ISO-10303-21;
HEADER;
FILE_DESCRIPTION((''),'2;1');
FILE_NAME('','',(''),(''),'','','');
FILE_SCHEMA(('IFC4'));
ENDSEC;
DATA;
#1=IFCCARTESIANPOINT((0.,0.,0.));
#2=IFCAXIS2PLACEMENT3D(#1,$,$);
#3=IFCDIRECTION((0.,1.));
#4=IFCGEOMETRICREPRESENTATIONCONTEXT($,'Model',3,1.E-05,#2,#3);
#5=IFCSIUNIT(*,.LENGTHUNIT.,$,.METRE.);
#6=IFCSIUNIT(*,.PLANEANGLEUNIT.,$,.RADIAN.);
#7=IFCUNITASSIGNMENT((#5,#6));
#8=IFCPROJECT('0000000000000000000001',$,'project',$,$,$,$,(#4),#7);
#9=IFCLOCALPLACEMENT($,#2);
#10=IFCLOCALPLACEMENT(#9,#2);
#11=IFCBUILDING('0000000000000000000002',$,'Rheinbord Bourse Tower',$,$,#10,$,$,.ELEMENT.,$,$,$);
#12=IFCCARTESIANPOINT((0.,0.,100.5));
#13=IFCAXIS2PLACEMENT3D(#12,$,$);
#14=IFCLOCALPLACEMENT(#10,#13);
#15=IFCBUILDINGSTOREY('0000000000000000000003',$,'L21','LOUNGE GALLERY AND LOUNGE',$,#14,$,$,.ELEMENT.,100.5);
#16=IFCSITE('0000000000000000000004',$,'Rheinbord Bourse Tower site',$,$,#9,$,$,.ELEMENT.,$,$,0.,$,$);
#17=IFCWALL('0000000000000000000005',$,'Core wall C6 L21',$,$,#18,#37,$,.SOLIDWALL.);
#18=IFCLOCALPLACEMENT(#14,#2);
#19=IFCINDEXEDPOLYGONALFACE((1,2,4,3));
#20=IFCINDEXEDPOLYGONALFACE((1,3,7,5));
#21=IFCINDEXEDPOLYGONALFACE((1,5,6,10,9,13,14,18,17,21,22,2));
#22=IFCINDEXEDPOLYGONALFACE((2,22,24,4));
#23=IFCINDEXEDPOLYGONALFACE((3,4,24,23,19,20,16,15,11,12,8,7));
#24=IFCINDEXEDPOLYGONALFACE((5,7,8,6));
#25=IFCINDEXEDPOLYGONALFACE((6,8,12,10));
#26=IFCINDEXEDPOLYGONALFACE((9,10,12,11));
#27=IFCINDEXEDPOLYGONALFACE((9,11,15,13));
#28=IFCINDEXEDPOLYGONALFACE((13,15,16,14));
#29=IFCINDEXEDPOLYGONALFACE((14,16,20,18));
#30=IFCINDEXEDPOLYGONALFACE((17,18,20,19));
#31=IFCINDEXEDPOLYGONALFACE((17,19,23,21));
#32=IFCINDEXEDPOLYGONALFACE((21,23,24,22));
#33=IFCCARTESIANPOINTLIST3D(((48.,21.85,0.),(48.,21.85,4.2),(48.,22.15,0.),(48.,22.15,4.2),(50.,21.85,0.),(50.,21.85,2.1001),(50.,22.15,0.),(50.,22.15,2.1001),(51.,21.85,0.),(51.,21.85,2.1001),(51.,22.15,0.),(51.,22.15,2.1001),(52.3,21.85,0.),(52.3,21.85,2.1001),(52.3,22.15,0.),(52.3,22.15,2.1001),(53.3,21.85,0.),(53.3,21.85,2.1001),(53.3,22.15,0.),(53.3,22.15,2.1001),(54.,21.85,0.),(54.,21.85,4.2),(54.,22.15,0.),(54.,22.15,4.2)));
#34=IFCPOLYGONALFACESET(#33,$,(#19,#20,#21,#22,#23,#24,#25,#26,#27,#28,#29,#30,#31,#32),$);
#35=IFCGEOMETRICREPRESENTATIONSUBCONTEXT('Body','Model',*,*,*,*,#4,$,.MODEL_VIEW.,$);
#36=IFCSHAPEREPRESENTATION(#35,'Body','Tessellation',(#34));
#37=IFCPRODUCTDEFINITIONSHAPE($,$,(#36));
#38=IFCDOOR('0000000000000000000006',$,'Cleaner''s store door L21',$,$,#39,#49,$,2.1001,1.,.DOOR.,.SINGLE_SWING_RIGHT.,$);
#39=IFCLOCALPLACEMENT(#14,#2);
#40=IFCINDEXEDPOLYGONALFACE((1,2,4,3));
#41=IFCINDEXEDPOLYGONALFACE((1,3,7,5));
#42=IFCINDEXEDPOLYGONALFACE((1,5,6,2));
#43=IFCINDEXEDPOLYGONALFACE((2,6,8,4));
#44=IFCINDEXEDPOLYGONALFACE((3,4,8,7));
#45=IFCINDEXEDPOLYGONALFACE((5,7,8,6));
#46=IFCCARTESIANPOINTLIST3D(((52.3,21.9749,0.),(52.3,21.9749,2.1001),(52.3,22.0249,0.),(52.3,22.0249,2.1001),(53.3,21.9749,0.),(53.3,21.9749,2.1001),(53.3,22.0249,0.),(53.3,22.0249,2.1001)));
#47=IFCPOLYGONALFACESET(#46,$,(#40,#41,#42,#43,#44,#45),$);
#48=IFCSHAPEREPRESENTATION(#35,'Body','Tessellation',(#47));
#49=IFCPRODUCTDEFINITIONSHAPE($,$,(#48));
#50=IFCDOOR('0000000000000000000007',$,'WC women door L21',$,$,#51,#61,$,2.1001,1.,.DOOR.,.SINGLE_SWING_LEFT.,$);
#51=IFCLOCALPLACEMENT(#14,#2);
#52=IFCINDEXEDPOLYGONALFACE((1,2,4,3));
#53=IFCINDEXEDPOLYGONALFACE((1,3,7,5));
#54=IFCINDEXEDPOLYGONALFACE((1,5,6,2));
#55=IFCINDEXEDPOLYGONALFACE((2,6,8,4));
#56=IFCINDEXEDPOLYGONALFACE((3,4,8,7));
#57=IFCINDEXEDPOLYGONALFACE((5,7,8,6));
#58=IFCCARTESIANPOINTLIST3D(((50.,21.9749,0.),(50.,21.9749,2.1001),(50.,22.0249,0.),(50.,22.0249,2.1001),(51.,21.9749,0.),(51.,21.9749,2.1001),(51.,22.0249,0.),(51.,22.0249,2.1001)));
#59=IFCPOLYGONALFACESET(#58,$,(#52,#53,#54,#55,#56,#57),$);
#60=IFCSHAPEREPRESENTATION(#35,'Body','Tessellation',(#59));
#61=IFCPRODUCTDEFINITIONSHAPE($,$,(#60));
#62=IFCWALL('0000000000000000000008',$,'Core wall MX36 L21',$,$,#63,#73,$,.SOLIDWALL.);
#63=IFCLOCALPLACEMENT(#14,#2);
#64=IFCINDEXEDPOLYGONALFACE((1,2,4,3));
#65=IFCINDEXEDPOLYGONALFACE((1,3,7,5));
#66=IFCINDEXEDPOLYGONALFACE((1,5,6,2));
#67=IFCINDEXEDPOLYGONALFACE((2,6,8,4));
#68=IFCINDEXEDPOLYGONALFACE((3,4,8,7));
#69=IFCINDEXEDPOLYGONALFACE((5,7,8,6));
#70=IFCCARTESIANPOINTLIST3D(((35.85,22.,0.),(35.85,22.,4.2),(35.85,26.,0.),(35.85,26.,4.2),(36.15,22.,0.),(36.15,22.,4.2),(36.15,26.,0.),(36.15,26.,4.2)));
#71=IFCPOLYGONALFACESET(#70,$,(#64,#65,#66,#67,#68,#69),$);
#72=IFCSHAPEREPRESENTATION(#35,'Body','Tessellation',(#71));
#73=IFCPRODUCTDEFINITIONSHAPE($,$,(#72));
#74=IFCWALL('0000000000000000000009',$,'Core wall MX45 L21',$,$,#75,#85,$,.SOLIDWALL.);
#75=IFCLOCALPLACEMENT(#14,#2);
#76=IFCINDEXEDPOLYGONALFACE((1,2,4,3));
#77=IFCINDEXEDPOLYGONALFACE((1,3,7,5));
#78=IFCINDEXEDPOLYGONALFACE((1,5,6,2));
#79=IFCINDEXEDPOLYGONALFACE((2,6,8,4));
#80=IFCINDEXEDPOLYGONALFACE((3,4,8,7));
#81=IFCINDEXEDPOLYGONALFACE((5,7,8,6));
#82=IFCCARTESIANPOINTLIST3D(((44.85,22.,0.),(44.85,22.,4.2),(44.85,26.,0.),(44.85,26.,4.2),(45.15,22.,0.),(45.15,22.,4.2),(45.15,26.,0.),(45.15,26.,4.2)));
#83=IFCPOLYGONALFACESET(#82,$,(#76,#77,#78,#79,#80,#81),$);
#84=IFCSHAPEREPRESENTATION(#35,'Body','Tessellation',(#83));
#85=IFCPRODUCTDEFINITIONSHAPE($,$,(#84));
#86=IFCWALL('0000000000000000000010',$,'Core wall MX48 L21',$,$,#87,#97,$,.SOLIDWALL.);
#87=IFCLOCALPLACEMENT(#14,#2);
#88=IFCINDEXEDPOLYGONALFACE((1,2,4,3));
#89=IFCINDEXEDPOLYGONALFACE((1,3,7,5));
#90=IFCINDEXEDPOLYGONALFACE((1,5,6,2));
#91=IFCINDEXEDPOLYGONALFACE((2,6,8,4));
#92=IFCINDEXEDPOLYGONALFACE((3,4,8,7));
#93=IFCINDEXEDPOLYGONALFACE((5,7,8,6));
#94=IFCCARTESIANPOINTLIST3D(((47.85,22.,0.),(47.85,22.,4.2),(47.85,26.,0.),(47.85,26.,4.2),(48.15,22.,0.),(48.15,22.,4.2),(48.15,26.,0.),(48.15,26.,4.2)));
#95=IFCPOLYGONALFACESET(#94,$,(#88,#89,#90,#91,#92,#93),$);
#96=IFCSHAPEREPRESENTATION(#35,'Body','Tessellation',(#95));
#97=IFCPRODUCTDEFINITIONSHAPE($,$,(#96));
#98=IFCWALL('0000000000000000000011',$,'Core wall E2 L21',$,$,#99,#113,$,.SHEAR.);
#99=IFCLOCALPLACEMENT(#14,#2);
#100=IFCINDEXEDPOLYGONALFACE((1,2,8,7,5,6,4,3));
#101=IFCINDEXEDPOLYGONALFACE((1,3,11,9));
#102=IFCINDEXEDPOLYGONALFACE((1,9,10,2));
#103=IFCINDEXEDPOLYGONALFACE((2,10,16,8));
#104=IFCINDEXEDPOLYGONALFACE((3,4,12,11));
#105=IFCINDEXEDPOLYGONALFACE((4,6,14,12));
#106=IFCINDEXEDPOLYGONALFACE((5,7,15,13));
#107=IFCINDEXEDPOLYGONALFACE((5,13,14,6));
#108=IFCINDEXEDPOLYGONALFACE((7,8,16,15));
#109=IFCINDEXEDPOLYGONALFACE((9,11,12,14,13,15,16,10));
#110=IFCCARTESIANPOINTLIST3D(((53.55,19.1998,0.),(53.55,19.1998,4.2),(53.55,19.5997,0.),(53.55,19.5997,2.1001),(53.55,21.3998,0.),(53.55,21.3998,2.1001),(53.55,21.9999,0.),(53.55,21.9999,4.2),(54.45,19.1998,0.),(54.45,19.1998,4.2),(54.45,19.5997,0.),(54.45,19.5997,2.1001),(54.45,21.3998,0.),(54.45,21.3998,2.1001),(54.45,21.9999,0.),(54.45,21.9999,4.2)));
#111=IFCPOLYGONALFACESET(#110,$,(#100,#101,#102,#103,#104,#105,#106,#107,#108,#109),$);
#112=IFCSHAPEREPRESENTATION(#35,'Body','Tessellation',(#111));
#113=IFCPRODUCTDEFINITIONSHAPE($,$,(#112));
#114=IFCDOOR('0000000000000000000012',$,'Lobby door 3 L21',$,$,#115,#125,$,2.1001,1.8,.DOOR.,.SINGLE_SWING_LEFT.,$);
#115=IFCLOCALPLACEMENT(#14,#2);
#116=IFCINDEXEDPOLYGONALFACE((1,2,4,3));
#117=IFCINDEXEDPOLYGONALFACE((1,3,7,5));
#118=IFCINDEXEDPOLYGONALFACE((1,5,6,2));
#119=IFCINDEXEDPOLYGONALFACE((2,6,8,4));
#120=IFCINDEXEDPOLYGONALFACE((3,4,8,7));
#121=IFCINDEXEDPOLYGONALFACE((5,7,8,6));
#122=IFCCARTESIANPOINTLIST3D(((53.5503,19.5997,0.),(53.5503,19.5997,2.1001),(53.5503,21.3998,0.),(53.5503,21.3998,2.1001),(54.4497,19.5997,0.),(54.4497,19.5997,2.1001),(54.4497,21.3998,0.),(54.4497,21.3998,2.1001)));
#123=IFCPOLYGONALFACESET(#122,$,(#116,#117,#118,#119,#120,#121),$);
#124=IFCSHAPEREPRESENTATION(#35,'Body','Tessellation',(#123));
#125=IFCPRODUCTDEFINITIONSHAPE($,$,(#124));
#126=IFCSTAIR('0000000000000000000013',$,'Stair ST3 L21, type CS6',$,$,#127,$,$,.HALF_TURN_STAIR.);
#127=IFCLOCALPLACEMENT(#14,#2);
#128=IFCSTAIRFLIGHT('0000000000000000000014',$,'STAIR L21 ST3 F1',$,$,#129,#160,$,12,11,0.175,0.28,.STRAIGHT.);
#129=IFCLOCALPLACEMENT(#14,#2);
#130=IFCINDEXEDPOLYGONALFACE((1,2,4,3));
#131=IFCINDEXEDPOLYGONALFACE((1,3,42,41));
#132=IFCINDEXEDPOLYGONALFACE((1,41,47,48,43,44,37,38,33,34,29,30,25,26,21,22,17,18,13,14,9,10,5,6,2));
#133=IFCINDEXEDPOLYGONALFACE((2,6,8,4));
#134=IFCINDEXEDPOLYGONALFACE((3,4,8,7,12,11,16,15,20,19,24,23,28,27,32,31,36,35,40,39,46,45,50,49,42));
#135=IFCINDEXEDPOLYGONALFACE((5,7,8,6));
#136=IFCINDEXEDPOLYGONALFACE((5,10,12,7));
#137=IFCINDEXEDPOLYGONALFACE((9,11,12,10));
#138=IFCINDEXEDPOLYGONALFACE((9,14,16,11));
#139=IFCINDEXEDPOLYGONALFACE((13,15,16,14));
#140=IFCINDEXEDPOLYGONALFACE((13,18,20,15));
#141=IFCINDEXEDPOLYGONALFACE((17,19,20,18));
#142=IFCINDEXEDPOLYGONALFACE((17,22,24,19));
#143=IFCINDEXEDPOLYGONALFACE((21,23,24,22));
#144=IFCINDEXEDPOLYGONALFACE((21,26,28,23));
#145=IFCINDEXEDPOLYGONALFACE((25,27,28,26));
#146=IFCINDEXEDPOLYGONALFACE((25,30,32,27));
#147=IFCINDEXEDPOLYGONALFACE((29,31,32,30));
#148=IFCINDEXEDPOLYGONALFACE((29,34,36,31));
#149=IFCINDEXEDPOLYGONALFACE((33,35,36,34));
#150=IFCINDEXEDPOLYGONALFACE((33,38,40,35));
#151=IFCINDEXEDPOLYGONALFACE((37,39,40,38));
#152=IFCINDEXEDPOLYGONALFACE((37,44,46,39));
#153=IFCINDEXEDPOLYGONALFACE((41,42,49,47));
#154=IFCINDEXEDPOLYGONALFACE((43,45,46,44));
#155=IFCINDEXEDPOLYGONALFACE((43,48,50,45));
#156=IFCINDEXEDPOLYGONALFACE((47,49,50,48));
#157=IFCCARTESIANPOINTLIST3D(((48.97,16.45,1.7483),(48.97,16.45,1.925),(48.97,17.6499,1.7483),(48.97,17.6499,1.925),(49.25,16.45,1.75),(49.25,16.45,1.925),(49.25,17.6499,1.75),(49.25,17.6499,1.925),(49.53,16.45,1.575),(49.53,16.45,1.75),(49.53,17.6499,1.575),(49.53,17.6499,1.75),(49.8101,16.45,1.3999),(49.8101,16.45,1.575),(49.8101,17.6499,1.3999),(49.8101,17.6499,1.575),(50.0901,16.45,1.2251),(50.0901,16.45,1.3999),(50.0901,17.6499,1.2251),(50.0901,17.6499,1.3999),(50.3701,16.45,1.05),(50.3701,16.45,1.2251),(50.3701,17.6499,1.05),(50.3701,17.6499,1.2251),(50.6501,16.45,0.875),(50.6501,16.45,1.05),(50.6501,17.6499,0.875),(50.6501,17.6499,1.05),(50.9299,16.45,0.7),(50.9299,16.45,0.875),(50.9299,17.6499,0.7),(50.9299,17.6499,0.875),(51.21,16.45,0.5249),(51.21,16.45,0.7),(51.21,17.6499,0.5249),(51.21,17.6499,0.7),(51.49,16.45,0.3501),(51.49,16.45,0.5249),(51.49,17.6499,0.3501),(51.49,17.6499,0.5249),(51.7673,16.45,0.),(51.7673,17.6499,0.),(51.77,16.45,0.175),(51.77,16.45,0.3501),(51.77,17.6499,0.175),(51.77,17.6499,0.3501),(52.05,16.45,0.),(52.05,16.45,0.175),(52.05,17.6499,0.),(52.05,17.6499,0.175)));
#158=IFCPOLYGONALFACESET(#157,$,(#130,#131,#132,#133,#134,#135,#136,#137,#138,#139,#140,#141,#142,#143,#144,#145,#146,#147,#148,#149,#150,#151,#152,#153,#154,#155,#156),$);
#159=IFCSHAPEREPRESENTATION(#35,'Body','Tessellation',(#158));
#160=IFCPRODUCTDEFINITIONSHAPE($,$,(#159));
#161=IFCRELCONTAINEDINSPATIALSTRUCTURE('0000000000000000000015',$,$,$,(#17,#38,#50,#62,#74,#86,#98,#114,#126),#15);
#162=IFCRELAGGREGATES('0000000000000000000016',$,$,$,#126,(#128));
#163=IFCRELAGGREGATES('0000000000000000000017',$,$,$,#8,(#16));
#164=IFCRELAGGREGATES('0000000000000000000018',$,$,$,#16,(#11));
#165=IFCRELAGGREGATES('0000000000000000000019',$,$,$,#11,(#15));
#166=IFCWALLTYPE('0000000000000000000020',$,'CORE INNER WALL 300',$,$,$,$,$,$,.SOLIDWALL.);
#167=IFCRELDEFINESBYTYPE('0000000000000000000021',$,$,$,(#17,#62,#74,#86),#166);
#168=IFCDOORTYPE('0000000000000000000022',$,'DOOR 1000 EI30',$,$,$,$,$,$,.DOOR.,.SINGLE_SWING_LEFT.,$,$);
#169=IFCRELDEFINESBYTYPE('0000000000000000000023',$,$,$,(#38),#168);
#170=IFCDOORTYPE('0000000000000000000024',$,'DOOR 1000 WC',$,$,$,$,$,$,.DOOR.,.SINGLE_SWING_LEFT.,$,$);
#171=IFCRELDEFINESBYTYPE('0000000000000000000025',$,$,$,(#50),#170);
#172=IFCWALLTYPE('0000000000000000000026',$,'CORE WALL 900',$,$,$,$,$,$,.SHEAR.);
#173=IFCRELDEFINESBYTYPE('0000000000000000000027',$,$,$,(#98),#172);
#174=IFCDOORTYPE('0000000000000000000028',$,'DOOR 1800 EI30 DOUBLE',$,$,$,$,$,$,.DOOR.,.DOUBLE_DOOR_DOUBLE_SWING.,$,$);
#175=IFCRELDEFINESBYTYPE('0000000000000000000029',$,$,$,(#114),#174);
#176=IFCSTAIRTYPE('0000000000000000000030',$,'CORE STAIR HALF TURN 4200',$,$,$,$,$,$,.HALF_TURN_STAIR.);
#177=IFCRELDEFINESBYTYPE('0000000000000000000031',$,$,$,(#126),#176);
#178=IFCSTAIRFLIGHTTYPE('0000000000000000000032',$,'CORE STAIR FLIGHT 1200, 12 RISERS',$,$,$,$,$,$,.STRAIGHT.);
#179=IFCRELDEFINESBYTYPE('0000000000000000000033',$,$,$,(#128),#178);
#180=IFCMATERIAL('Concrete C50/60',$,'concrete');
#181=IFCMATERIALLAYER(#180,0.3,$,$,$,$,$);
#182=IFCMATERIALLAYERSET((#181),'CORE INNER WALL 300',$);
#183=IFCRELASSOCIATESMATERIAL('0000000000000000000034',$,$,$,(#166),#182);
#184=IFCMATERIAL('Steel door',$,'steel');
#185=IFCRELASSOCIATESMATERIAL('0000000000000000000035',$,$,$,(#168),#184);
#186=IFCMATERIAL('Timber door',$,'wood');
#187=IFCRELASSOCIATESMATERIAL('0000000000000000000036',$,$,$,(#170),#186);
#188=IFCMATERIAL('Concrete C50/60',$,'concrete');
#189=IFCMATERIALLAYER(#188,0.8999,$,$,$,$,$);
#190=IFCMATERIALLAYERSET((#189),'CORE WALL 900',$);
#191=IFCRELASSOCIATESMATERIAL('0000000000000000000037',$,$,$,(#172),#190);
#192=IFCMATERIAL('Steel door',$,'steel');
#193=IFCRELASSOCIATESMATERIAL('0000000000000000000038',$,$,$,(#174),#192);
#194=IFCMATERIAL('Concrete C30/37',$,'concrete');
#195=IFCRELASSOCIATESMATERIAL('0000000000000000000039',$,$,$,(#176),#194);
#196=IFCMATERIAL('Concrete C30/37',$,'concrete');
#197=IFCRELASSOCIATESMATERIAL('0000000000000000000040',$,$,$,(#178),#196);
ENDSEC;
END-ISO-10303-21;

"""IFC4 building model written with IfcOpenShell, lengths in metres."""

from ifc_helpers import new_model, si_unit, direction, frame, frame_2d, origin, place, context, subcontext, project, spatial, polyline, rectangle, outline, extrude, material, layer, layer_set, type_object, element, fill, aggregate, save


model = new_model("IFC4")

# Units and contexts
model_context = context("Model", 3, precision=1e-05, world=origin(), true_north=direction((0.0, 1.0)))
body_context = subcontext(model_context, "Body", "Model", "MODEL_VIEW")
ifc_project = project(units=[si_unit("LENGTHUNIT", "METRE"), si_unit("PLANEANGLEUNIT", "RADIAN")], contexts=[model_context])

# Site, building, storey
site_placement = place(None, origin())
site = spatial("IfcSite", under=ifc_project, at=site_placement, Name="Rheinbord Bourse Tower site", CompositionType="ELEMENT", RefElevation=0.0)
building_placement = place(site_placement, origin())
building = spatial("IfcBuilding", under=site, at=building_placement, Name="Rheinbord Bourse Tower", CompositionType="ELEMENT")
storey_placement = place(building_placement, frame((0.0, 0.0, 100.5)))
storey = spatial("IfcBuildingStorey", under=building, at=storey_placement, Name="L21", Description="LOUNGE GALLERY AND LOUNGE", CompositionType="ELEMENT", Elevation=100.5)

# Shared definitions
ifc_material_1 = material(Name="Concrete C50/60", Category="concrete")
ifc_layer_1 = layer(ifc_material_1, 0.3)
ifc_layer_set_1 = layer_set([ifc_layer_1], Name="CORE INNER WALL 300")
wall_type_1 = type_object("IfcWallType", Name="CORE INNER WALL 300", PredefinedType="SOLIDWALL", material=ifc_layer_set_1)

# Shared definitions
ifc_material_2 = material(Name="Steel door", Category="steel")
door_type_1 = type_object("IfcDoorType", Name="DOOR 1000 EI30", OperationType="SINGLE_SWING_LEFT", PredefinedType="DOOR", material=ifc_material_2)
ifc_material_3 = material(Name="Timber door", Category="wood")
door_type_2 = type_object("IfcDoorType", Name="DOOR 1000 WC", OperationType="SINGLE_SWING_LEFT", PredefinedType="DOOR", material=ifc_material_3)

# Wall, openings, doors
wall_1_placement = place(storey_placement, frame((48.0, 22.0, 0.0), z_axis=(0.0, 0.0, 1.0), x_axis=(1.0, 0.0, 0.0)))
wall_1 = element("IfcWall", 1, at=wall_1_placement, inside=storey, type_object=wall_type_1, Name="Core wall C6 L21", PredefinedType="SOLIDWALL", context=body_context, shape_type="SweptSolid", body=[
    extrude(rectangle(XDim=6.0, YDim=0.3, at=frame_2d((3.0, 0.0))), origin(), (0.0, 0.0, 1.0), 4.2),
])
opening_1_placement = place(wall_1_placement, frame((2.0, 0.0, 0.0)))
opening_1 = element("IfcOpeningElement", 2, at=opening_1_placement, cuts=wall_1, PredefinedType="OPENING", context=body_context, shape_type="SweptSolid", body=[
    extrude(rectangle(XDim=1.0, YDim=2.1001, at=frame_2d((0.5, 1.05))), frame((0.0, 0.1599, 0.0), z_axis=(0.0, -1.0, 0.0), x_axis=(1.0, 0.0, 0.0)), (0.0, 0.0, 1.0), 0.3201),
])
opening_2_placement = place(wall_1_placement, frame((4.3, 0.0, 0.0)))
opening_2 = element("IfcOpeningElement", 3, at=opening_2_placement, cuts=wall_1, PredefinedType="OPENING", context=body_context, shape_type="SweptSolid", body=[
    extrude(rectangle(XDim=1.0, YDim=2.1001, at=frame_2d((0.5, 1.05))), frame((0.0, 0.1599, 0.0), z_axis=(0.0, -1.0, 0.0), x_axis=(1.0, 0.0, 0.0)), (0.0, 0.0, 1.0), 0.3201),
])
door_1_placement = place(opening_2_placement, origin())
door_1 = element("IfcDoor", 4, at=door_1_placement, inside=storey, type_object=door_type_1, Name="Cleaner's store door L21", OperationType="SINGLE_SWING_RIGHT", OverallHeight=2.1001, OverallWidth=1.0, PredefinedType="DOOR", context=body_context, shape_type="SweptSolid", body=[
    extrude(rectangle(XDim=1.0, YDim=2.1001, at=frame_2d((0.5, 1.05))), frame((0.0, 0.0249, 0.0), z_axis=(0.0, -1.0, 0.0), x_axis=(1.0, 0.0, 0.0)), (0.0, 0.0, 1.0), 0.05),
])
fill(opening_2, door_1)
door_2_placement = place(opening_1_placement, origin())
door_2 = element("IfcDoor", 5, at=door_2_placement, inside=storey, type_object=door_type_2, Name="WC women door L21", OperationType="SINGLE_SWING_LEFT", OverallHeight=2.1001, OverallWidth=1.0, PredefinedType="DOOR", context=body_context, shape_type="SweptSolid", body=[
    extrude(rectangle(XDim=1.0, YDim=2.1001, at=frame_2d((0.5, 1.05))), frame((0.0, 0.0249, 0.0), z_axis=(0.0, -1.0, 0.0), x_axis=(1.0, 0.0, 0.0)), (0.0, 0.0, 1.0), 0.05),
])
fill(opening_1, door_2)

# Walls
for number, where, z_axis, x_axis, name in (
    (6, (36.0, 22.0, 0.0), (0.0, 0.0, 1.0), (0.0, 1.0, 0.0), "Core wall MX36 L21"),
    (7, (45.0, 22.0, 0.0), (0.0, 0.0, 1.0), (0.0, 1.0, 0.0), "Core wall MX45 L21"),
    (8, (48.0, 22.0, 0.0), (0.0, 0.0, 1.0), (0.0, 1.0, 0.0), "Core wall MX48 L21"),
):
    element("IfcWall", number, at=place(storey_placement, frame(where, z_axis=z_axis, x_axis=x_axis)), inside=storey, type_object=wall_type_1, Name=name, PredefinedType="SOLIDWALL", context=body_context, shape_type="SweptSolid", body=[
        extrude(rectangle(XDim=4.0, YDim=0.3, at=frame_2d((2.0, 0.0))), origin(), (0.0, 0.0, 1.0), 4.2),
    ])

# Wall, opening, door
ifc_material_4 = material(Name="Concrete C50/60", Category="concrete")
ifc_layer_2 = layer(ifc_material_4, 0.8999)
ifc_layer_set_2 = layer_set([ifc_layer_2], Name="CORE WALL 900")
wall_type_2 = type_object("IfcWallType", Name="CORE WALL 900", PredefinedType="SHEAR", material=ifc_layer_set_2)
wall_2_placement = place(storey_placement, frame((54.0, 19.2, 0.0), z_axis=(0.0, 0.0, 1.0), x_axis=(0.0, 1.0, 0.0)))
wall_2 = element("IfcWall", 9, at=wall_2_placement, inside=storey, type_object=wall_type_2, Name="Core wall E2 L21", PredefinedType="SHEAR", context=body_context, shape_type="SweptSolid", body=[
    extrude(rectangle(XDim=2.8, YDim=0.8999, at=frame_2d((1.3999, 0.0))), origin(), (0.0, 0.0, 1.0), 4.2),
])
opening_3_placement = place(wall_2_placement, frame((0.3999, 0.0, 0.0)))
opening_3 = element("IfcOpeningElement", 10, at=opening_3_placement, cuts=wall_2, PredefinedType="OPENING", context=body_context, shape_type="SweptSolid", body=[
    extrude(rectangle(XDim=1.8, YDim=2.1001, at=frame_2d((0.8999, 1.05))), frame((0.0, 0.46, 0.0), z_axis=(0.0, -1.0, 0.0), x_axis=(1.0, 0.0, 0.0)), (0.0, 0.0, 1.0), 0.9199),
])
ifc_material_5 = material(Name="Steel door", Category="steel")
door_type_3 = type_object("IfcDoorType", Name="DOOR 1800 EI30 DOUBLE", OperationType="DOUBLE_DOOR_DOUBLE_SWING", PredefinedType="DOOR", material=ifc_material_5)
door_3_placement = place(opening_3_placement, origin())
door_3 = element("IfcDoor", 11, at=door_3_placement, inside=storey, type_object=door_type_3, Name="Lobby door 3 L21", OperationType="SINGLE_SWING_LEFT", OverallHeight=2.1001, OverallWidth=1.8, PredefinedType="DOOR", context=body_context, shape_type="SweptSolid", body=[
    extrude(rectangle(XDim=1.8, YDim=2.1001, at=frame_2d((0.8999, 1.05))), frame((0.0, 0.4497, 0.0), z_axis=(0.0, -1.0, 0.0), x_axis=(1.0, 0.0, 0.0)), (0.0, 0.0, 1.0), 0.8994),
])
fill(opening_3, door_3)

# Stair, stair flight
ifc_material_6 = material(Name="Concrete C30/37", Category="concrete")
stair_type = type_object("IfcStairType", Name="CORE STAIR HALF TURN 4200", PredefinedType="HALF_TURN_STAIR", material=ifc_material_6)
stair_placement = place(storey_placement, origin())
stair = element("IfcStair", 12, at=stair_placement, inside=storey, type_object=stair_type, Name="Stair ST3 L21, type CS6", PredefinedType="HALF_TURN_STAIR")
ifc_material_7 = material(Name="Concrete C30/37", Category="concrete")
stair_flight_type = type_object("IfcStairFlightType", Name="CORE STAIR FLIGHT 1200, 12 RISERS", PredefinedType="STRAIGHT", material=ifc_material_7)
stair_flight_1_placement = place(storey_placement, frame((52.05, 17.05, 0.0), z_axis=(0.0, 0.0, 1.0), x_axis=(-1.0, 0.0, 0.0)))
stair_flight_1 = element("IfcStairFlight", 13, at=stair_flight_1_placement, type_object=stair_flight_type, Name="STAIR L21 ST3 F1", NumberOfRisers=12, NumberOfTreads=11, PredefinedType="STRAIGHT", RiserHeight=0.175, TreadLength=0.28, context=body_context, shape_type="SweptSolid", body=[
    extrude(outline(polyline([(0.0, 0.0), (0.0, 0.175), (0.28, 0.175), (0.28, 0.3501), (0.5601, 0.3501), (0.5601, 0.5249), (0.8401, 0.5249), (0.8401, 0.7), (1.1201, 0.7), (1.1201, 0.875), (1.3999, 0.875), (1.3999, 1.05), (1.6799, 1.05), (1.6799, 1.2251), (1.96, 1.2251), (1.96, 1.3999), (2.24, 1.3999), (2.24, 1.575), (2.52, 1.575), (2.52, 1.75), (2.8, 1.75), (2.8, 1.925), (3.0801, 1.925), (3.0801, 2.1001), (3.0801, 1.7483), (0.2827, 0.0), (0.0, 0.0)])), frame((0.0, 0.6001, 0.0), z_axis=(0.0, -1.0, 0.0), x_axis=(1.0, 0.0, 0.0)), (0.0, 0.0, 1.0), 1.2),
])
aggregate(stair, [stair_flight_1])

save(model, "model.ifc")
